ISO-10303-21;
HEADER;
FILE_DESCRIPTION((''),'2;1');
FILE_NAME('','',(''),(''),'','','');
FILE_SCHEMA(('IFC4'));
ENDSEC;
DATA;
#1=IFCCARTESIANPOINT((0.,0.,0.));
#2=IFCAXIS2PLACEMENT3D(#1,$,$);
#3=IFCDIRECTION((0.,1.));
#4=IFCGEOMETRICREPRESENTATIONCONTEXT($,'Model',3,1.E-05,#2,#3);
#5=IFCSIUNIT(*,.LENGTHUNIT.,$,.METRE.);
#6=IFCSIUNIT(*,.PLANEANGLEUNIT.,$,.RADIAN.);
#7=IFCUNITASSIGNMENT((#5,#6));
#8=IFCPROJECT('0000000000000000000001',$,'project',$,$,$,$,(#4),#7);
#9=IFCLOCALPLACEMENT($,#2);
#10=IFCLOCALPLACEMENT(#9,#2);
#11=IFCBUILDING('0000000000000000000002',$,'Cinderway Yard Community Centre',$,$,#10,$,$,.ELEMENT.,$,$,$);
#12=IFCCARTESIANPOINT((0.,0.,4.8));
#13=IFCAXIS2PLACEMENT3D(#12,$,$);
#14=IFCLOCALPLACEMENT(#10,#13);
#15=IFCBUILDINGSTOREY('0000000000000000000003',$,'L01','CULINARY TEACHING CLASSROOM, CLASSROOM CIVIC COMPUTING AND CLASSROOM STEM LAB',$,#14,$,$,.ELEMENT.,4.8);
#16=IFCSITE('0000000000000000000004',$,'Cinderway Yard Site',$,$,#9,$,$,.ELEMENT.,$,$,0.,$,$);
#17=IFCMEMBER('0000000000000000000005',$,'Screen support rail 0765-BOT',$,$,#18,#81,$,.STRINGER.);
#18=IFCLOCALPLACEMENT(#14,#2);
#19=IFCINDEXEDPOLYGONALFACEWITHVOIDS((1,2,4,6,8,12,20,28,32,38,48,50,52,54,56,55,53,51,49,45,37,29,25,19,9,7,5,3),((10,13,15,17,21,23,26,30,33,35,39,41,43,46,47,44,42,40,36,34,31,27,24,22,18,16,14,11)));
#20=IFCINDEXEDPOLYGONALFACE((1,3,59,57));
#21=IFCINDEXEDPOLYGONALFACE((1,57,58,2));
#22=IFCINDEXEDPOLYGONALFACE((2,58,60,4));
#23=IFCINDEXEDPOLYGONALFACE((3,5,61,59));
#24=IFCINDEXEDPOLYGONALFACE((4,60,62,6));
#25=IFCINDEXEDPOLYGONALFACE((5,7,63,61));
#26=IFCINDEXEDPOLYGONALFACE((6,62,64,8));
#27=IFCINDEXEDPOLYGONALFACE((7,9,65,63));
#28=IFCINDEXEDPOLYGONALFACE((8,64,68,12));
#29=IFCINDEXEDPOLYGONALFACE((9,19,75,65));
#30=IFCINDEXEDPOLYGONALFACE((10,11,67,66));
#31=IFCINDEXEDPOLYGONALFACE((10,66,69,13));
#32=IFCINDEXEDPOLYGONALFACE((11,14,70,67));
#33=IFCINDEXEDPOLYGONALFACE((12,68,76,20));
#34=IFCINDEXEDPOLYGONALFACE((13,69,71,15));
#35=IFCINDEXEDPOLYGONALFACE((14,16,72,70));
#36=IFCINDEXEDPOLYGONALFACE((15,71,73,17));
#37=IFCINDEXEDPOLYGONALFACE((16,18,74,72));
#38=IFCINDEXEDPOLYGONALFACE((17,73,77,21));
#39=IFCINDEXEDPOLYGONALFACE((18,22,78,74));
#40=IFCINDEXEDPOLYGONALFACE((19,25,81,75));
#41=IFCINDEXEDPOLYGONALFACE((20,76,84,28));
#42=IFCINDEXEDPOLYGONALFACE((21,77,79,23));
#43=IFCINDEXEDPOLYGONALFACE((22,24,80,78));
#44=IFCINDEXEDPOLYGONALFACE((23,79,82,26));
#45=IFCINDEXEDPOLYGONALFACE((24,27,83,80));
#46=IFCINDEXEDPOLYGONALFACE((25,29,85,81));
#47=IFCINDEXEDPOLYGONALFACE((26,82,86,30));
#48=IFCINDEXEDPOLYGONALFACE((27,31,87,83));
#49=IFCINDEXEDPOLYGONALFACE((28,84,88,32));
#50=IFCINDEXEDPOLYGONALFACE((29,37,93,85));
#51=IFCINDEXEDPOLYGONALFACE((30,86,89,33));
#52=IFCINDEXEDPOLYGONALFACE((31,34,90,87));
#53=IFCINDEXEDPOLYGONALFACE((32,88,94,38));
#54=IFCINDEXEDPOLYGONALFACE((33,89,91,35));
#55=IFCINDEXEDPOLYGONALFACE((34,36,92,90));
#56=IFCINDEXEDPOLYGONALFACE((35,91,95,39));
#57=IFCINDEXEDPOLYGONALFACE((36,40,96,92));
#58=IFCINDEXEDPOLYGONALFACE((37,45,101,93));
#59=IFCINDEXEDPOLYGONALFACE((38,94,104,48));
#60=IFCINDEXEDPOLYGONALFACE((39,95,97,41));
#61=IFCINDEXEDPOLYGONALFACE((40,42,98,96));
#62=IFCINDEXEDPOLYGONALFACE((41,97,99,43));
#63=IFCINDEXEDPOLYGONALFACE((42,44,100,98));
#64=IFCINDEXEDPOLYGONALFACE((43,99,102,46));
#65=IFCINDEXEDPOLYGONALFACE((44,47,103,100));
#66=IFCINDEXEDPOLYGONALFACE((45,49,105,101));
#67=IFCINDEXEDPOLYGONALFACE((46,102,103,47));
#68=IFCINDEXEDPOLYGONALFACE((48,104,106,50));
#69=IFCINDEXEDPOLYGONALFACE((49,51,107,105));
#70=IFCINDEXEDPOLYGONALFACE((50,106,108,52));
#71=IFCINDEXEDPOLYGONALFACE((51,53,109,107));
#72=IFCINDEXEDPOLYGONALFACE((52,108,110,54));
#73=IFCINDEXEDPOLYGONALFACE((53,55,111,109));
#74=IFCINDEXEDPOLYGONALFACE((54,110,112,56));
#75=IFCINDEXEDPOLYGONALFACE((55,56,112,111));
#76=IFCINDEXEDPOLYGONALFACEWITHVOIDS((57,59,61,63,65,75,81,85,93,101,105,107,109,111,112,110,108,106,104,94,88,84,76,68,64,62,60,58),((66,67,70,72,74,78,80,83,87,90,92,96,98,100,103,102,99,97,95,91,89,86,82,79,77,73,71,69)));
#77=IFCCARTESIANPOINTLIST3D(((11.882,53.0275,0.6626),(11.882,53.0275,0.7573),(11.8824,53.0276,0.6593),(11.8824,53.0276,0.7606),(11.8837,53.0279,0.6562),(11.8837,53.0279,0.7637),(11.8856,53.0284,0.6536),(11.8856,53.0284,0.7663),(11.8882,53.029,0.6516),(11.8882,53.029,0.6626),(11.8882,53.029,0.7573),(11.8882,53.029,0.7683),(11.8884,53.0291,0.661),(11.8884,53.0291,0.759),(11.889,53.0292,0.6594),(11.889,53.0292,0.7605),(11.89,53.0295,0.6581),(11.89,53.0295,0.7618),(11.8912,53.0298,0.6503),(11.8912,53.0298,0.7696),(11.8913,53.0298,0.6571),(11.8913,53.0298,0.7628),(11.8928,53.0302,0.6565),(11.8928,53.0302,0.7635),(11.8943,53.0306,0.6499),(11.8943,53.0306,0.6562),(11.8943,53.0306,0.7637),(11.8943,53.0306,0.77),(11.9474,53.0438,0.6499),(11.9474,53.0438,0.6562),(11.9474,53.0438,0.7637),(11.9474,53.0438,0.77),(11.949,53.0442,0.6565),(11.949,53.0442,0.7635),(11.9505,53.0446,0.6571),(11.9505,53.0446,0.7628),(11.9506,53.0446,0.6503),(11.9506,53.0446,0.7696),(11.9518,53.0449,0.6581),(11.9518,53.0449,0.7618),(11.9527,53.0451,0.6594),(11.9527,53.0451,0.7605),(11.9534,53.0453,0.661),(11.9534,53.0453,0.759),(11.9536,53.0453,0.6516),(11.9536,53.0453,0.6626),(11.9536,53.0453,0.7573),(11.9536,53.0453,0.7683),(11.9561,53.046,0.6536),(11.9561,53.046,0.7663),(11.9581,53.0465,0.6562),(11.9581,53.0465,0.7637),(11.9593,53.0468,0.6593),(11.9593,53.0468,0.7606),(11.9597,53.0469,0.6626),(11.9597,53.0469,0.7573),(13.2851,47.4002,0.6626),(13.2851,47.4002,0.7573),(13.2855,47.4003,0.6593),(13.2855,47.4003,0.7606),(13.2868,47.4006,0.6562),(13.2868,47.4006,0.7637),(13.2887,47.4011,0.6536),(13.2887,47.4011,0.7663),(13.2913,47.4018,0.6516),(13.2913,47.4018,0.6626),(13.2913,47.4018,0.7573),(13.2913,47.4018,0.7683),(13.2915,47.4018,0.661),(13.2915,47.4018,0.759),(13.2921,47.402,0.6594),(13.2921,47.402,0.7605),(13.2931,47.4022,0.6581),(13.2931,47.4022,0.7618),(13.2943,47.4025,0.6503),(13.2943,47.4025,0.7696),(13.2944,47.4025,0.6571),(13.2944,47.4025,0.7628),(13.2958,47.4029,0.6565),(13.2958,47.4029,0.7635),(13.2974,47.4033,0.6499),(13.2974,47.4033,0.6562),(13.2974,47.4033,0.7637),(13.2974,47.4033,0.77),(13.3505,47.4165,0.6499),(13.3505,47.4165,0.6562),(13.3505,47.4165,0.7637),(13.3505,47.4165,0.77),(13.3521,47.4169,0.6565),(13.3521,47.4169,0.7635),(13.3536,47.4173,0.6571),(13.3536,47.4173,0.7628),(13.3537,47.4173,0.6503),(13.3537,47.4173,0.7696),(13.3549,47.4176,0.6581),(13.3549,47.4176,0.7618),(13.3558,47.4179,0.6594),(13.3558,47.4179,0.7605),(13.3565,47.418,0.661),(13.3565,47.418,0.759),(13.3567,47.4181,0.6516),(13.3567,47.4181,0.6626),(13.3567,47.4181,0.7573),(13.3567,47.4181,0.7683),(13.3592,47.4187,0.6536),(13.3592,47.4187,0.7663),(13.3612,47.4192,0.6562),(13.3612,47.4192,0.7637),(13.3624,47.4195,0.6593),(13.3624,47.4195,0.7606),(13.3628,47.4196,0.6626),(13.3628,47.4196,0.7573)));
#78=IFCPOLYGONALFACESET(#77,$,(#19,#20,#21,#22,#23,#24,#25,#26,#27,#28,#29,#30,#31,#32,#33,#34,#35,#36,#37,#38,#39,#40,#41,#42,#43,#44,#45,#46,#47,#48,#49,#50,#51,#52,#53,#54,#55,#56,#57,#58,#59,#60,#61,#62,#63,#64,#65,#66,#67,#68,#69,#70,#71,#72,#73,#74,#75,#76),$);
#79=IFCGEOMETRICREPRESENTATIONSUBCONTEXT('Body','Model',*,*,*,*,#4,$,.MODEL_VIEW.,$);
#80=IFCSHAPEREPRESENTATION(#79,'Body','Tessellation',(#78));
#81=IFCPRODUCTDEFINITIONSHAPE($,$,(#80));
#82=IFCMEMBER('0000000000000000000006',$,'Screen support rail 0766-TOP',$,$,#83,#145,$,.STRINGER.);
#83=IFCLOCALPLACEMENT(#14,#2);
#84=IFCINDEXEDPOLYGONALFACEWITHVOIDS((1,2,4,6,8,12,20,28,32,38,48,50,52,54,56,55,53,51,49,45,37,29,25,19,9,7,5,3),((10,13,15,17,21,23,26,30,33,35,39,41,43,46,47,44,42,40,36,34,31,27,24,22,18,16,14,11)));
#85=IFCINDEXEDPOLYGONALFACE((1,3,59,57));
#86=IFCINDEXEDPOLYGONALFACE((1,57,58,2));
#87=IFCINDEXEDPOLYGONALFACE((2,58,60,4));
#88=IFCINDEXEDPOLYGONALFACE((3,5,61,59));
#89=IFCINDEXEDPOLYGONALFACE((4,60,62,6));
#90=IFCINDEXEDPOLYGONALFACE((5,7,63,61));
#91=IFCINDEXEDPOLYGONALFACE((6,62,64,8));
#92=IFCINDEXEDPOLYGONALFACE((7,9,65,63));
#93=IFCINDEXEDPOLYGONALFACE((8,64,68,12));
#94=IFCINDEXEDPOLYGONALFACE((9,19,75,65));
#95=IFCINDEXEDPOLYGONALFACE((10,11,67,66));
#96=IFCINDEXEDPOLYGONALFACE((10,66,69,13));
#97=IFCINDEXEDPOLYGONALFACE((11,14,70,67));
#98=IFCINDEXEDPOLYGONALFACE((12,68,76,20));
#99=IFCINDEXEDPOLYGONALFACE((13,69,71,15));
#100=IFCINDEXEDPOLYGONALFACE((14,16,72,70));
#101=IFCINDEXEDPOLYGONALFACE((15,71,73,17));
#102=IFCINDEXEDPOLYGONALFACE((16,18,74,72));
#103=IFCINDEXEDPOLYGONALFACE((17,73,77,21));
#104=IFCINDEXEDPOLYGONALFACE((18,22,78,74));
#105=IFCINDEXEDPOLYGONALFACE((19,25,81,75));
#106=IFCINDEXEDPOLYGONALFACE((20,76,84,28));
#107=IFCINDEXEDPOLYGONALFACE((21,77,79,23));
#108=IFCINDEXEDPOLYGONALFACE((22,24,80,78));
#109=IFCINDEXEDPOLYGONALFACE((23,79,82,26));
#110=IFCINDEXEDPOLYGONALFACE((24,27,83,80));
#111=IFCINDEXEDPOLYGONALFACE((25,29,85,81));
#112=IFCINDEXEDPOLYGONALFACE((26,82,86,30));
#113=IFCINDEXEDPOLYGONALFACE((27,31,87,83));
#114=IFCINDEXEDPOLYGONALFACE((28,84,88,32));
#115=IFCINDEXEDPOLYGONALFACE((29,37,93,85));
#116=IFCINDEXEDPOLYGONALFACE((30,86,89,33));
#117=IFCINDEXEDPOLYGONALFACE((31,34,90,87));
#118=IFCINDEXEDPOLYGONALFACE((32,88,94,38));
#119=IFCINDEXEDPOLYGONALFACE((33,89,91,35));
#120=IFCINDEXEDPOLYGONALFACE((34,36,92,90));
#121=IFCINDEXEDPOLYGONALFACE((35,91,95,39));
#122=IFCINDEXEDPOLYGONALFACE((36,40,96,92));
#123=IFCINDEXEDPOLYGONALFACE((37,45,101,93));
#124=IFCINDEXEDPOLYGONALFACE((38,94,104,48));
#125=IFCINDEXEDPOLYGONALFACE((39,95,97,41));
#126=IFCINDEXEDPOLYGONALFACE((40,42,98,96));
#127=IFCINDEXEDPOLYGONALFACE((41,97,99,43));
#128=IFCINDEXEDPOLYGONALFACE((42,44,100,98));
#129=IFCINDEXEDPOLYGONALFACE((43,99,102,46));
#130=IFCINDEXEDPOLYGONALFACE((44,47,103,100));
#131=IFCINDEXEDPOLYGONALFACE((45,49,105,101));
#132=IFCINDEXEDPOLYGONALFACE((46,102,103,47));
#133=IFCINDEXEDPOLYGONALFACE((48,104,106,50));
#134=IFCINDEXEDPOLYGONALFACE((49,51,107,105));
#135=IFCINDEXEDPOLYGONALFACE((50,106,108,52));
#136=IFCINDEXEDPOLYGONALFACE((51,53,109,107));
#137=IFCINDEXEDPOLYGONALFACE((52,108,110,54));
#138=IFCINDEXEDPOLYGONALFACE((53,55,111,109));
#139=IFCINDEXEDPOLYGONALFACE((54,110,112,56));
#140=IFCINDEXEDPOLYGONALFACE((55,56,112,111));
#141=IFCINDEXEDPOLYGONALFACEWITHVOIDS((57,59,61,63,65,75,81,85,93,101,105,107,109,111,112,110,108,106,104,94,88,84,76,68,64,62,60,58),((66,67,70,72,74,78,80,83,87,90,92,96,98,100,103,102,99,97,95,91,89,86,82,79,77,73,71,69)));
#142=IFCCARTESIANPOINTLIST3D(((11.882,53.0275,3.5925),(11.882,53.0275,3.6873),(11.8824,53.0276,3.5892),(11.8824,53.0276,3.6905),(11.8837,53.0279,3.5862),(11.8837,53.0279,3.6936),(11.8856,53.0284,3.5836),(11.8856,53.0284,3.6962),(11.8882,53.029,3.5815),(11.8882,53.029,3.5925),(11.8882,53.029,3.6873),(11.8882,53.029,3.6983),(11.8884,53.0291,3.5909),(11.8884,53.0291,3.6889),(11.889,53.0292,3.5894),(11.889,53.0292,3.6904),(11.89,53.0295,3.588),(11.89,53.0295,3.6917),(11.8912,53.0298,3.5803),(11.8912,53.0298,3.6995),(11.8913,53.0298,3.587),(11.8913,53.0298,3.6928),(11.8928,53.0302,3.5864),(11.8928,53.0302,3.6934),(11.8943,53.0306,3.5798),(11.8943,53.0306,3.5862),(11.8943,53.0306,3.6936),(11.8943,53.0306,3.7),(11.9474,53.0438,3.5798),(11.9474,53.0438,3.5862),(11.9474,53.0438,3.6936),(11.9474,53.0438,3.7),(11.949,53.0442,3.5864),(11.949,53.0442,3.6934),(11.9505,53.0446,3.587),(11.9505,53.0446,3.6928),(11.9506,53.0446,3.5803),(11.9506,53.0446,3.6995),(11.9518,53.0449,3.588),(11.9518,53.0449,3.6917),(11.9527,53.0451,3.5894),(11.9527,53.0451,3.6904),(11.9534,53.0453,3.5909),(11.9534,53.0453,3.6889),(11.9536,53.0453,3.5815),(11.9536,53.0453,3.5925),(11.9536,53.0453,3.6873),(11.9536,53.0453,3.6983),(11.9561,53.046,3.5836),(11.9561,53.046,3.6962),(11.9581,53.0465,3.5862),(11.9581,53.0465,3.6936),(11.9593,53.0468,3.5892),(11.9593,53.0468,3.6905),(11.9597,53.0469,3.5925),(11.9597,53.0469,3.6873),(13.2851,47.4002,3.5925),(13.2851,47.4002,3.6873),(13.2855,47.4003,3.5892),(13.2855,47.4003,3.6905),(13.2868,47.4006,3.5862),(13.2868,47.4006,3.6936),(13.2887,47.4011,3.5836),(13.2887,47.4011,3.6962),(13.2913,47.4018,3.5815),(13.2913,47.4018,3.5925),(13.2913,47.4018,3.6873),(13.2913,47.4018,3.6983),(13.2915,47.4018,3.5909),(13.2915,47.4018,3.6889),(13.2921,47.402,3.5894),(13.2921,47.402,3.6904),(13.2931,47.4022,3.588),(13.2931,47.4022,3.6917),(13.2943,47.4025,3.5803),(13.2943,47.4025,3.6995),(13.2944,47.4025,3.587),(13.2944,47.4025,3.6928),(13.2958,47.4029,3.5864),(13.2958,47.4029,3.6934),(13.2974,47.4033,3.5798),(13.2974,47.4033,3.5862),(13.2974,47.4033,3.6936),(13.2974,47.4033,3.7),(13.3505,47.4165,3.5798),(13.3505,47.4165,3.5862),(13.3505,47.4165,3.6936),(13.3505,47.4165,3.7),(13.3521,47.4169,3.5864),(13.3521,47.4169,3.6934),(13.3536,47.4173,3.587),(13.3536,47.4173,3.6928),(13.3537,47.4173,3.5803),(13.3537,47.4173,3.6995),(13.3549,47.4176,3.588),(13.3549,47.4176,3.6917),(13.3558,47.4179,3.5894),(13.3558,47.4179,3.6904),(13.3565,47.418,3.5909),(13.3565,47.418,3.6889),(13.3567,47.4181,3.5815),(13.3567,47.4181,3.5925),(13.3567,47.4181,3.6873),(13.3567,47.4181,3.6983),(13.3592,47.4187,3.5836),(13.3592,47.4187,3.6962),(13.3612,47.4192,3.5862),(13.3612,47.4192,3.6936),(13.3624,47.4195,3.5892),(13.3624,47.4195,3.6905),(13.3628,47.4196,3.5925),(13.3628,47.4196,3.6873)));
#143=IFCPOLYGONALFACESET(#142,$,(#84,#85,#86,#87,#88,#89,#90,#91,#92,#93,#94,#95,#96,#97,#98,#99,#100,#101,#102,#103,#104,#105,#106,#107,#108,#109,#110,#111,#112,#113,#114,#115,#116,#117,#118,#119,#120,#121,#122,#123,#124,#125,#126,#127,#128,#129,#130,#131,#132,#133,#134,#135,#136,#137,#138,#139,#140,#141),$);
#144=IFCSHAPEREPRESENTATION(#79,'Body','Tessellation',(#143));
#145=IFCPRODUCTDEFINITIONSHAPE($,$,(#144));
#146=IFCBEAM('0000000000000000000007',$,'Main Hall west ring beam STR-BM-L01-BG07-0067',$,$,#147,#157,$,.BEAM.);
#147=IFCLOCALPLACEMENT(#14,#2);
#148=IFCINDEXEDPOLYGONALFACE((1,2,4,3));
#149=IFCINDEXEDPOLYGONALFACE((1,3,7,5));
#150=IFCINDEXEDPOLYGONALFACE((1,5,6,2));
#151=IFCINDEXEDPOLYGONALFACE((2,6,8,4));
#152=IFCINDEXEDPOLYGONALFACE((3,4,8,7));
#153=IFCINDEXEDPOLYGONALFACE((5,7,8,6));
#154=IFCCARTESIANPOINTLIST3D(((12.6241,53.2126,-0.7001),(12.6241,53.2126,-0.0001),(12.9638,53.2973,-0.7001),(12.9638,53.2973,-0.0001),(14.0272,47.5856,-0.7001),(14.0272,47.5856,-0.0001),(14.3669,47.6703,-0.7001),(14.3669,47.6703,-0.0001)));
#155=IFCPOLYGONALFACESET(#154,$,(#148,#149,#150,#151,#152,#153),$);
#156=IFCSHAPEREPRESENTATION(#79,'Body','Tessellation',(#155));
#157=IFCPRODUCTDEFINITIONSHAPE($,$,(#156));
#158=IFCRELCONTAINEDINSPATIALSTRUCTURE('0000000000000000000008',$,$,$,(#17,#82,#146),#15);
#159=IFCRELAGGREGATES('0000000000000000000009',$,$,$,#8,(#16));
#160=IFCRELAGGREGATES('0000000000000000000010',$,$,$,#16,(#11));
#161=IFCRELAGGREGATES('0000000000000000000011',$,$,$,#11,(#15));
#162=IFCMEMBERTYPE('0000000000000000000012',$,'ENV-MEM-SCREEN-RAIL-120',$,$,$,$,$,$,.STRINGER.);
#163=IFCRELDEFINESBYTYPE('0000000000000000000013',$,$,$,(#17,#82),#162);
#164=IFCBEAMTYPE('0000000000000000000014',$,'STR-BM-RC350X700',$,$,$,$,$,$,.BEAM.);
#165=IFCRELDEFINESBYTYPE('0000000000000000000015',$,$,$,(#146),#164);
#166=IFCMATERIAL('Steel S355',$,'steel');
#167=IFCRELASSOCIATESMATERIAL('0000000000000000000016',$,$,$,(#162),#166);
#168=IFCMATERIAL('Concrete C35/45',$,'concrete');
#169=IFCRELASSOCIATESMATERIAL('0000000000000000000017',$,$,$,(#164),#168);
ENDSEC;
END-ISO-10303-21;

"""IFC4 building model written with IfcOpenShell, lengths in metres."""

from ifc_helpers import new_model, si_unit, direction, frame, origin, origin_2d, place, context, subcontext, project, spatial, rectangle, hollow_rectangle, extrude, material, material_profile, profile_set, type_object, element, save


model = new_model("IFC4")

# Units and contexts
model_context = context("Model", 3, precision=1e-05, world=origin(), true_north=direction((0.0, 1.0)))
body_context = subcontext(model_context, "Body", "Model", "MODEL_VIEW")
ifc_project = project(units=[si_unit("LENGTHUNIT", "METRE"), si_unit("PLANEANGLEUNIT", "RADIAN")], contexts=[model_context])

# Site, building, storey
site_placement = place(None, origin())
site = spatial("IfcSite", under=ifc_project, at=site_placement, Name="Cinderway Yard Site", CompositionType="ELEMENT", RefElevation=0.0)
building_placement = place(site_placement, origin())
building = spatial("IfcBuilding", under=site, at=building_placement, Name="Cinderway Yard Community Centre", CompositionType="ELEMENT")
storey_placement = place(building_placement, frame((0.0, 0.0, 4.8)))
storey = spatial("IfcBuildingStorey", under=building, at=storey_placement, Name="L01", Description="CULINARY TEACHING CLASSROOM, CLASSROOM CIVIC COMPUTING AND CLASSROOM STEM LAB", CompositionType="ELEMENT", Elevation=4.8)

# Members
ifc_material_1 = material(Name="Steel S355", Category="steel")
ifc_material_profile_1 = material_profile(ifc_material_1, hollow_rectangle(XDim=0.0801, YDim=0.1201, WallThickness=0.0063, InnerFilletRadius=0.0063, OuterFilletRadius=0.0127, at=origin_2d()), Name="Steel S355")
ifc_profile_set_1 = profile_set([ifc_material_profile_1], Name="Steel S355")
member_type_1 = type_object("IfcMemberType", Name="ENV-MEM-SCREEN-RAIL-120", PredefinedType="STRINGER", material=ifc_profile_set_1)
for number, where, z_axis, x_axis, name in (
    (1, (13.324, 47.4099, 0.71), (-0.241931, 0.970293, 0.0), (-0.970293, -0.241931, 0.0), "Screen support rail 0765-BOT"),
    (2, (13.324, 47.4099, 3.6399), (-0.241931, 0.970293, 0.0), (-0.970293, -0.241931, 0.0), "Screen support rail 0766-TOP"),
):
    element("IfcMember", number, at=place(storey_placement, frame(where, z_axis=z_axis, x_axis=x_axis)), inside=storey, type_object=member_type_1, Name=name, PredefinedType="STRINGER", context=body_context, shape_type="SweptSolid", body=[
        extrude(hollow_rectangle(XDim=0.0801, YDim=0.1201, WallThickness=0.0063, InnerFilletRadius=0.0063, OuterFilletRadius=0.0127, at=origin_2d()), origin(), (0.0, 0.0, 1.0), 5.7996),
    ])

# Beam
ifc_material_2 = material(Name="Concrete C35/45", Category="concrete")
ifc_material_profile_2 = material_profile(ifc_material_2, rectangle(XDim=0.3501, YDim=0.7, at=origin_2d()), Name="Concrete C35/45")
ifc_profile_set_2 = profile_set([ifc_material_profile_2], Name="Concrete C35/45")
beam_type_1 = type_object("IfcBeamType", Name="STR-BM-RC350X700", PredefinedType="BEAM", material=ifc_profile_set_2)
beam_1_placement = place(storey_placement, frame((14.197, 47.6279, -0.3501), z_axis=(-0.241941, 0.970291, 0.0), x_axis=(-0.970291, -0.241941, 0.0)))
element("IfcBeam", 3, at=beam_1_placement, inside=storey, type_object=beam_type_1, Name="Main Hall west ring beam STR-BM-L01-BG07-0067", PredefinedType="BEAM", context=body_context, shape_type="SweptSolid", body=[
    extrude(rectangle(XDim=0.3501, YDim=0.7, at=origin_2d()), origin(), (0.0, 0.0, 1.0), 5.7993),
])

save(model, "model.ifc")
